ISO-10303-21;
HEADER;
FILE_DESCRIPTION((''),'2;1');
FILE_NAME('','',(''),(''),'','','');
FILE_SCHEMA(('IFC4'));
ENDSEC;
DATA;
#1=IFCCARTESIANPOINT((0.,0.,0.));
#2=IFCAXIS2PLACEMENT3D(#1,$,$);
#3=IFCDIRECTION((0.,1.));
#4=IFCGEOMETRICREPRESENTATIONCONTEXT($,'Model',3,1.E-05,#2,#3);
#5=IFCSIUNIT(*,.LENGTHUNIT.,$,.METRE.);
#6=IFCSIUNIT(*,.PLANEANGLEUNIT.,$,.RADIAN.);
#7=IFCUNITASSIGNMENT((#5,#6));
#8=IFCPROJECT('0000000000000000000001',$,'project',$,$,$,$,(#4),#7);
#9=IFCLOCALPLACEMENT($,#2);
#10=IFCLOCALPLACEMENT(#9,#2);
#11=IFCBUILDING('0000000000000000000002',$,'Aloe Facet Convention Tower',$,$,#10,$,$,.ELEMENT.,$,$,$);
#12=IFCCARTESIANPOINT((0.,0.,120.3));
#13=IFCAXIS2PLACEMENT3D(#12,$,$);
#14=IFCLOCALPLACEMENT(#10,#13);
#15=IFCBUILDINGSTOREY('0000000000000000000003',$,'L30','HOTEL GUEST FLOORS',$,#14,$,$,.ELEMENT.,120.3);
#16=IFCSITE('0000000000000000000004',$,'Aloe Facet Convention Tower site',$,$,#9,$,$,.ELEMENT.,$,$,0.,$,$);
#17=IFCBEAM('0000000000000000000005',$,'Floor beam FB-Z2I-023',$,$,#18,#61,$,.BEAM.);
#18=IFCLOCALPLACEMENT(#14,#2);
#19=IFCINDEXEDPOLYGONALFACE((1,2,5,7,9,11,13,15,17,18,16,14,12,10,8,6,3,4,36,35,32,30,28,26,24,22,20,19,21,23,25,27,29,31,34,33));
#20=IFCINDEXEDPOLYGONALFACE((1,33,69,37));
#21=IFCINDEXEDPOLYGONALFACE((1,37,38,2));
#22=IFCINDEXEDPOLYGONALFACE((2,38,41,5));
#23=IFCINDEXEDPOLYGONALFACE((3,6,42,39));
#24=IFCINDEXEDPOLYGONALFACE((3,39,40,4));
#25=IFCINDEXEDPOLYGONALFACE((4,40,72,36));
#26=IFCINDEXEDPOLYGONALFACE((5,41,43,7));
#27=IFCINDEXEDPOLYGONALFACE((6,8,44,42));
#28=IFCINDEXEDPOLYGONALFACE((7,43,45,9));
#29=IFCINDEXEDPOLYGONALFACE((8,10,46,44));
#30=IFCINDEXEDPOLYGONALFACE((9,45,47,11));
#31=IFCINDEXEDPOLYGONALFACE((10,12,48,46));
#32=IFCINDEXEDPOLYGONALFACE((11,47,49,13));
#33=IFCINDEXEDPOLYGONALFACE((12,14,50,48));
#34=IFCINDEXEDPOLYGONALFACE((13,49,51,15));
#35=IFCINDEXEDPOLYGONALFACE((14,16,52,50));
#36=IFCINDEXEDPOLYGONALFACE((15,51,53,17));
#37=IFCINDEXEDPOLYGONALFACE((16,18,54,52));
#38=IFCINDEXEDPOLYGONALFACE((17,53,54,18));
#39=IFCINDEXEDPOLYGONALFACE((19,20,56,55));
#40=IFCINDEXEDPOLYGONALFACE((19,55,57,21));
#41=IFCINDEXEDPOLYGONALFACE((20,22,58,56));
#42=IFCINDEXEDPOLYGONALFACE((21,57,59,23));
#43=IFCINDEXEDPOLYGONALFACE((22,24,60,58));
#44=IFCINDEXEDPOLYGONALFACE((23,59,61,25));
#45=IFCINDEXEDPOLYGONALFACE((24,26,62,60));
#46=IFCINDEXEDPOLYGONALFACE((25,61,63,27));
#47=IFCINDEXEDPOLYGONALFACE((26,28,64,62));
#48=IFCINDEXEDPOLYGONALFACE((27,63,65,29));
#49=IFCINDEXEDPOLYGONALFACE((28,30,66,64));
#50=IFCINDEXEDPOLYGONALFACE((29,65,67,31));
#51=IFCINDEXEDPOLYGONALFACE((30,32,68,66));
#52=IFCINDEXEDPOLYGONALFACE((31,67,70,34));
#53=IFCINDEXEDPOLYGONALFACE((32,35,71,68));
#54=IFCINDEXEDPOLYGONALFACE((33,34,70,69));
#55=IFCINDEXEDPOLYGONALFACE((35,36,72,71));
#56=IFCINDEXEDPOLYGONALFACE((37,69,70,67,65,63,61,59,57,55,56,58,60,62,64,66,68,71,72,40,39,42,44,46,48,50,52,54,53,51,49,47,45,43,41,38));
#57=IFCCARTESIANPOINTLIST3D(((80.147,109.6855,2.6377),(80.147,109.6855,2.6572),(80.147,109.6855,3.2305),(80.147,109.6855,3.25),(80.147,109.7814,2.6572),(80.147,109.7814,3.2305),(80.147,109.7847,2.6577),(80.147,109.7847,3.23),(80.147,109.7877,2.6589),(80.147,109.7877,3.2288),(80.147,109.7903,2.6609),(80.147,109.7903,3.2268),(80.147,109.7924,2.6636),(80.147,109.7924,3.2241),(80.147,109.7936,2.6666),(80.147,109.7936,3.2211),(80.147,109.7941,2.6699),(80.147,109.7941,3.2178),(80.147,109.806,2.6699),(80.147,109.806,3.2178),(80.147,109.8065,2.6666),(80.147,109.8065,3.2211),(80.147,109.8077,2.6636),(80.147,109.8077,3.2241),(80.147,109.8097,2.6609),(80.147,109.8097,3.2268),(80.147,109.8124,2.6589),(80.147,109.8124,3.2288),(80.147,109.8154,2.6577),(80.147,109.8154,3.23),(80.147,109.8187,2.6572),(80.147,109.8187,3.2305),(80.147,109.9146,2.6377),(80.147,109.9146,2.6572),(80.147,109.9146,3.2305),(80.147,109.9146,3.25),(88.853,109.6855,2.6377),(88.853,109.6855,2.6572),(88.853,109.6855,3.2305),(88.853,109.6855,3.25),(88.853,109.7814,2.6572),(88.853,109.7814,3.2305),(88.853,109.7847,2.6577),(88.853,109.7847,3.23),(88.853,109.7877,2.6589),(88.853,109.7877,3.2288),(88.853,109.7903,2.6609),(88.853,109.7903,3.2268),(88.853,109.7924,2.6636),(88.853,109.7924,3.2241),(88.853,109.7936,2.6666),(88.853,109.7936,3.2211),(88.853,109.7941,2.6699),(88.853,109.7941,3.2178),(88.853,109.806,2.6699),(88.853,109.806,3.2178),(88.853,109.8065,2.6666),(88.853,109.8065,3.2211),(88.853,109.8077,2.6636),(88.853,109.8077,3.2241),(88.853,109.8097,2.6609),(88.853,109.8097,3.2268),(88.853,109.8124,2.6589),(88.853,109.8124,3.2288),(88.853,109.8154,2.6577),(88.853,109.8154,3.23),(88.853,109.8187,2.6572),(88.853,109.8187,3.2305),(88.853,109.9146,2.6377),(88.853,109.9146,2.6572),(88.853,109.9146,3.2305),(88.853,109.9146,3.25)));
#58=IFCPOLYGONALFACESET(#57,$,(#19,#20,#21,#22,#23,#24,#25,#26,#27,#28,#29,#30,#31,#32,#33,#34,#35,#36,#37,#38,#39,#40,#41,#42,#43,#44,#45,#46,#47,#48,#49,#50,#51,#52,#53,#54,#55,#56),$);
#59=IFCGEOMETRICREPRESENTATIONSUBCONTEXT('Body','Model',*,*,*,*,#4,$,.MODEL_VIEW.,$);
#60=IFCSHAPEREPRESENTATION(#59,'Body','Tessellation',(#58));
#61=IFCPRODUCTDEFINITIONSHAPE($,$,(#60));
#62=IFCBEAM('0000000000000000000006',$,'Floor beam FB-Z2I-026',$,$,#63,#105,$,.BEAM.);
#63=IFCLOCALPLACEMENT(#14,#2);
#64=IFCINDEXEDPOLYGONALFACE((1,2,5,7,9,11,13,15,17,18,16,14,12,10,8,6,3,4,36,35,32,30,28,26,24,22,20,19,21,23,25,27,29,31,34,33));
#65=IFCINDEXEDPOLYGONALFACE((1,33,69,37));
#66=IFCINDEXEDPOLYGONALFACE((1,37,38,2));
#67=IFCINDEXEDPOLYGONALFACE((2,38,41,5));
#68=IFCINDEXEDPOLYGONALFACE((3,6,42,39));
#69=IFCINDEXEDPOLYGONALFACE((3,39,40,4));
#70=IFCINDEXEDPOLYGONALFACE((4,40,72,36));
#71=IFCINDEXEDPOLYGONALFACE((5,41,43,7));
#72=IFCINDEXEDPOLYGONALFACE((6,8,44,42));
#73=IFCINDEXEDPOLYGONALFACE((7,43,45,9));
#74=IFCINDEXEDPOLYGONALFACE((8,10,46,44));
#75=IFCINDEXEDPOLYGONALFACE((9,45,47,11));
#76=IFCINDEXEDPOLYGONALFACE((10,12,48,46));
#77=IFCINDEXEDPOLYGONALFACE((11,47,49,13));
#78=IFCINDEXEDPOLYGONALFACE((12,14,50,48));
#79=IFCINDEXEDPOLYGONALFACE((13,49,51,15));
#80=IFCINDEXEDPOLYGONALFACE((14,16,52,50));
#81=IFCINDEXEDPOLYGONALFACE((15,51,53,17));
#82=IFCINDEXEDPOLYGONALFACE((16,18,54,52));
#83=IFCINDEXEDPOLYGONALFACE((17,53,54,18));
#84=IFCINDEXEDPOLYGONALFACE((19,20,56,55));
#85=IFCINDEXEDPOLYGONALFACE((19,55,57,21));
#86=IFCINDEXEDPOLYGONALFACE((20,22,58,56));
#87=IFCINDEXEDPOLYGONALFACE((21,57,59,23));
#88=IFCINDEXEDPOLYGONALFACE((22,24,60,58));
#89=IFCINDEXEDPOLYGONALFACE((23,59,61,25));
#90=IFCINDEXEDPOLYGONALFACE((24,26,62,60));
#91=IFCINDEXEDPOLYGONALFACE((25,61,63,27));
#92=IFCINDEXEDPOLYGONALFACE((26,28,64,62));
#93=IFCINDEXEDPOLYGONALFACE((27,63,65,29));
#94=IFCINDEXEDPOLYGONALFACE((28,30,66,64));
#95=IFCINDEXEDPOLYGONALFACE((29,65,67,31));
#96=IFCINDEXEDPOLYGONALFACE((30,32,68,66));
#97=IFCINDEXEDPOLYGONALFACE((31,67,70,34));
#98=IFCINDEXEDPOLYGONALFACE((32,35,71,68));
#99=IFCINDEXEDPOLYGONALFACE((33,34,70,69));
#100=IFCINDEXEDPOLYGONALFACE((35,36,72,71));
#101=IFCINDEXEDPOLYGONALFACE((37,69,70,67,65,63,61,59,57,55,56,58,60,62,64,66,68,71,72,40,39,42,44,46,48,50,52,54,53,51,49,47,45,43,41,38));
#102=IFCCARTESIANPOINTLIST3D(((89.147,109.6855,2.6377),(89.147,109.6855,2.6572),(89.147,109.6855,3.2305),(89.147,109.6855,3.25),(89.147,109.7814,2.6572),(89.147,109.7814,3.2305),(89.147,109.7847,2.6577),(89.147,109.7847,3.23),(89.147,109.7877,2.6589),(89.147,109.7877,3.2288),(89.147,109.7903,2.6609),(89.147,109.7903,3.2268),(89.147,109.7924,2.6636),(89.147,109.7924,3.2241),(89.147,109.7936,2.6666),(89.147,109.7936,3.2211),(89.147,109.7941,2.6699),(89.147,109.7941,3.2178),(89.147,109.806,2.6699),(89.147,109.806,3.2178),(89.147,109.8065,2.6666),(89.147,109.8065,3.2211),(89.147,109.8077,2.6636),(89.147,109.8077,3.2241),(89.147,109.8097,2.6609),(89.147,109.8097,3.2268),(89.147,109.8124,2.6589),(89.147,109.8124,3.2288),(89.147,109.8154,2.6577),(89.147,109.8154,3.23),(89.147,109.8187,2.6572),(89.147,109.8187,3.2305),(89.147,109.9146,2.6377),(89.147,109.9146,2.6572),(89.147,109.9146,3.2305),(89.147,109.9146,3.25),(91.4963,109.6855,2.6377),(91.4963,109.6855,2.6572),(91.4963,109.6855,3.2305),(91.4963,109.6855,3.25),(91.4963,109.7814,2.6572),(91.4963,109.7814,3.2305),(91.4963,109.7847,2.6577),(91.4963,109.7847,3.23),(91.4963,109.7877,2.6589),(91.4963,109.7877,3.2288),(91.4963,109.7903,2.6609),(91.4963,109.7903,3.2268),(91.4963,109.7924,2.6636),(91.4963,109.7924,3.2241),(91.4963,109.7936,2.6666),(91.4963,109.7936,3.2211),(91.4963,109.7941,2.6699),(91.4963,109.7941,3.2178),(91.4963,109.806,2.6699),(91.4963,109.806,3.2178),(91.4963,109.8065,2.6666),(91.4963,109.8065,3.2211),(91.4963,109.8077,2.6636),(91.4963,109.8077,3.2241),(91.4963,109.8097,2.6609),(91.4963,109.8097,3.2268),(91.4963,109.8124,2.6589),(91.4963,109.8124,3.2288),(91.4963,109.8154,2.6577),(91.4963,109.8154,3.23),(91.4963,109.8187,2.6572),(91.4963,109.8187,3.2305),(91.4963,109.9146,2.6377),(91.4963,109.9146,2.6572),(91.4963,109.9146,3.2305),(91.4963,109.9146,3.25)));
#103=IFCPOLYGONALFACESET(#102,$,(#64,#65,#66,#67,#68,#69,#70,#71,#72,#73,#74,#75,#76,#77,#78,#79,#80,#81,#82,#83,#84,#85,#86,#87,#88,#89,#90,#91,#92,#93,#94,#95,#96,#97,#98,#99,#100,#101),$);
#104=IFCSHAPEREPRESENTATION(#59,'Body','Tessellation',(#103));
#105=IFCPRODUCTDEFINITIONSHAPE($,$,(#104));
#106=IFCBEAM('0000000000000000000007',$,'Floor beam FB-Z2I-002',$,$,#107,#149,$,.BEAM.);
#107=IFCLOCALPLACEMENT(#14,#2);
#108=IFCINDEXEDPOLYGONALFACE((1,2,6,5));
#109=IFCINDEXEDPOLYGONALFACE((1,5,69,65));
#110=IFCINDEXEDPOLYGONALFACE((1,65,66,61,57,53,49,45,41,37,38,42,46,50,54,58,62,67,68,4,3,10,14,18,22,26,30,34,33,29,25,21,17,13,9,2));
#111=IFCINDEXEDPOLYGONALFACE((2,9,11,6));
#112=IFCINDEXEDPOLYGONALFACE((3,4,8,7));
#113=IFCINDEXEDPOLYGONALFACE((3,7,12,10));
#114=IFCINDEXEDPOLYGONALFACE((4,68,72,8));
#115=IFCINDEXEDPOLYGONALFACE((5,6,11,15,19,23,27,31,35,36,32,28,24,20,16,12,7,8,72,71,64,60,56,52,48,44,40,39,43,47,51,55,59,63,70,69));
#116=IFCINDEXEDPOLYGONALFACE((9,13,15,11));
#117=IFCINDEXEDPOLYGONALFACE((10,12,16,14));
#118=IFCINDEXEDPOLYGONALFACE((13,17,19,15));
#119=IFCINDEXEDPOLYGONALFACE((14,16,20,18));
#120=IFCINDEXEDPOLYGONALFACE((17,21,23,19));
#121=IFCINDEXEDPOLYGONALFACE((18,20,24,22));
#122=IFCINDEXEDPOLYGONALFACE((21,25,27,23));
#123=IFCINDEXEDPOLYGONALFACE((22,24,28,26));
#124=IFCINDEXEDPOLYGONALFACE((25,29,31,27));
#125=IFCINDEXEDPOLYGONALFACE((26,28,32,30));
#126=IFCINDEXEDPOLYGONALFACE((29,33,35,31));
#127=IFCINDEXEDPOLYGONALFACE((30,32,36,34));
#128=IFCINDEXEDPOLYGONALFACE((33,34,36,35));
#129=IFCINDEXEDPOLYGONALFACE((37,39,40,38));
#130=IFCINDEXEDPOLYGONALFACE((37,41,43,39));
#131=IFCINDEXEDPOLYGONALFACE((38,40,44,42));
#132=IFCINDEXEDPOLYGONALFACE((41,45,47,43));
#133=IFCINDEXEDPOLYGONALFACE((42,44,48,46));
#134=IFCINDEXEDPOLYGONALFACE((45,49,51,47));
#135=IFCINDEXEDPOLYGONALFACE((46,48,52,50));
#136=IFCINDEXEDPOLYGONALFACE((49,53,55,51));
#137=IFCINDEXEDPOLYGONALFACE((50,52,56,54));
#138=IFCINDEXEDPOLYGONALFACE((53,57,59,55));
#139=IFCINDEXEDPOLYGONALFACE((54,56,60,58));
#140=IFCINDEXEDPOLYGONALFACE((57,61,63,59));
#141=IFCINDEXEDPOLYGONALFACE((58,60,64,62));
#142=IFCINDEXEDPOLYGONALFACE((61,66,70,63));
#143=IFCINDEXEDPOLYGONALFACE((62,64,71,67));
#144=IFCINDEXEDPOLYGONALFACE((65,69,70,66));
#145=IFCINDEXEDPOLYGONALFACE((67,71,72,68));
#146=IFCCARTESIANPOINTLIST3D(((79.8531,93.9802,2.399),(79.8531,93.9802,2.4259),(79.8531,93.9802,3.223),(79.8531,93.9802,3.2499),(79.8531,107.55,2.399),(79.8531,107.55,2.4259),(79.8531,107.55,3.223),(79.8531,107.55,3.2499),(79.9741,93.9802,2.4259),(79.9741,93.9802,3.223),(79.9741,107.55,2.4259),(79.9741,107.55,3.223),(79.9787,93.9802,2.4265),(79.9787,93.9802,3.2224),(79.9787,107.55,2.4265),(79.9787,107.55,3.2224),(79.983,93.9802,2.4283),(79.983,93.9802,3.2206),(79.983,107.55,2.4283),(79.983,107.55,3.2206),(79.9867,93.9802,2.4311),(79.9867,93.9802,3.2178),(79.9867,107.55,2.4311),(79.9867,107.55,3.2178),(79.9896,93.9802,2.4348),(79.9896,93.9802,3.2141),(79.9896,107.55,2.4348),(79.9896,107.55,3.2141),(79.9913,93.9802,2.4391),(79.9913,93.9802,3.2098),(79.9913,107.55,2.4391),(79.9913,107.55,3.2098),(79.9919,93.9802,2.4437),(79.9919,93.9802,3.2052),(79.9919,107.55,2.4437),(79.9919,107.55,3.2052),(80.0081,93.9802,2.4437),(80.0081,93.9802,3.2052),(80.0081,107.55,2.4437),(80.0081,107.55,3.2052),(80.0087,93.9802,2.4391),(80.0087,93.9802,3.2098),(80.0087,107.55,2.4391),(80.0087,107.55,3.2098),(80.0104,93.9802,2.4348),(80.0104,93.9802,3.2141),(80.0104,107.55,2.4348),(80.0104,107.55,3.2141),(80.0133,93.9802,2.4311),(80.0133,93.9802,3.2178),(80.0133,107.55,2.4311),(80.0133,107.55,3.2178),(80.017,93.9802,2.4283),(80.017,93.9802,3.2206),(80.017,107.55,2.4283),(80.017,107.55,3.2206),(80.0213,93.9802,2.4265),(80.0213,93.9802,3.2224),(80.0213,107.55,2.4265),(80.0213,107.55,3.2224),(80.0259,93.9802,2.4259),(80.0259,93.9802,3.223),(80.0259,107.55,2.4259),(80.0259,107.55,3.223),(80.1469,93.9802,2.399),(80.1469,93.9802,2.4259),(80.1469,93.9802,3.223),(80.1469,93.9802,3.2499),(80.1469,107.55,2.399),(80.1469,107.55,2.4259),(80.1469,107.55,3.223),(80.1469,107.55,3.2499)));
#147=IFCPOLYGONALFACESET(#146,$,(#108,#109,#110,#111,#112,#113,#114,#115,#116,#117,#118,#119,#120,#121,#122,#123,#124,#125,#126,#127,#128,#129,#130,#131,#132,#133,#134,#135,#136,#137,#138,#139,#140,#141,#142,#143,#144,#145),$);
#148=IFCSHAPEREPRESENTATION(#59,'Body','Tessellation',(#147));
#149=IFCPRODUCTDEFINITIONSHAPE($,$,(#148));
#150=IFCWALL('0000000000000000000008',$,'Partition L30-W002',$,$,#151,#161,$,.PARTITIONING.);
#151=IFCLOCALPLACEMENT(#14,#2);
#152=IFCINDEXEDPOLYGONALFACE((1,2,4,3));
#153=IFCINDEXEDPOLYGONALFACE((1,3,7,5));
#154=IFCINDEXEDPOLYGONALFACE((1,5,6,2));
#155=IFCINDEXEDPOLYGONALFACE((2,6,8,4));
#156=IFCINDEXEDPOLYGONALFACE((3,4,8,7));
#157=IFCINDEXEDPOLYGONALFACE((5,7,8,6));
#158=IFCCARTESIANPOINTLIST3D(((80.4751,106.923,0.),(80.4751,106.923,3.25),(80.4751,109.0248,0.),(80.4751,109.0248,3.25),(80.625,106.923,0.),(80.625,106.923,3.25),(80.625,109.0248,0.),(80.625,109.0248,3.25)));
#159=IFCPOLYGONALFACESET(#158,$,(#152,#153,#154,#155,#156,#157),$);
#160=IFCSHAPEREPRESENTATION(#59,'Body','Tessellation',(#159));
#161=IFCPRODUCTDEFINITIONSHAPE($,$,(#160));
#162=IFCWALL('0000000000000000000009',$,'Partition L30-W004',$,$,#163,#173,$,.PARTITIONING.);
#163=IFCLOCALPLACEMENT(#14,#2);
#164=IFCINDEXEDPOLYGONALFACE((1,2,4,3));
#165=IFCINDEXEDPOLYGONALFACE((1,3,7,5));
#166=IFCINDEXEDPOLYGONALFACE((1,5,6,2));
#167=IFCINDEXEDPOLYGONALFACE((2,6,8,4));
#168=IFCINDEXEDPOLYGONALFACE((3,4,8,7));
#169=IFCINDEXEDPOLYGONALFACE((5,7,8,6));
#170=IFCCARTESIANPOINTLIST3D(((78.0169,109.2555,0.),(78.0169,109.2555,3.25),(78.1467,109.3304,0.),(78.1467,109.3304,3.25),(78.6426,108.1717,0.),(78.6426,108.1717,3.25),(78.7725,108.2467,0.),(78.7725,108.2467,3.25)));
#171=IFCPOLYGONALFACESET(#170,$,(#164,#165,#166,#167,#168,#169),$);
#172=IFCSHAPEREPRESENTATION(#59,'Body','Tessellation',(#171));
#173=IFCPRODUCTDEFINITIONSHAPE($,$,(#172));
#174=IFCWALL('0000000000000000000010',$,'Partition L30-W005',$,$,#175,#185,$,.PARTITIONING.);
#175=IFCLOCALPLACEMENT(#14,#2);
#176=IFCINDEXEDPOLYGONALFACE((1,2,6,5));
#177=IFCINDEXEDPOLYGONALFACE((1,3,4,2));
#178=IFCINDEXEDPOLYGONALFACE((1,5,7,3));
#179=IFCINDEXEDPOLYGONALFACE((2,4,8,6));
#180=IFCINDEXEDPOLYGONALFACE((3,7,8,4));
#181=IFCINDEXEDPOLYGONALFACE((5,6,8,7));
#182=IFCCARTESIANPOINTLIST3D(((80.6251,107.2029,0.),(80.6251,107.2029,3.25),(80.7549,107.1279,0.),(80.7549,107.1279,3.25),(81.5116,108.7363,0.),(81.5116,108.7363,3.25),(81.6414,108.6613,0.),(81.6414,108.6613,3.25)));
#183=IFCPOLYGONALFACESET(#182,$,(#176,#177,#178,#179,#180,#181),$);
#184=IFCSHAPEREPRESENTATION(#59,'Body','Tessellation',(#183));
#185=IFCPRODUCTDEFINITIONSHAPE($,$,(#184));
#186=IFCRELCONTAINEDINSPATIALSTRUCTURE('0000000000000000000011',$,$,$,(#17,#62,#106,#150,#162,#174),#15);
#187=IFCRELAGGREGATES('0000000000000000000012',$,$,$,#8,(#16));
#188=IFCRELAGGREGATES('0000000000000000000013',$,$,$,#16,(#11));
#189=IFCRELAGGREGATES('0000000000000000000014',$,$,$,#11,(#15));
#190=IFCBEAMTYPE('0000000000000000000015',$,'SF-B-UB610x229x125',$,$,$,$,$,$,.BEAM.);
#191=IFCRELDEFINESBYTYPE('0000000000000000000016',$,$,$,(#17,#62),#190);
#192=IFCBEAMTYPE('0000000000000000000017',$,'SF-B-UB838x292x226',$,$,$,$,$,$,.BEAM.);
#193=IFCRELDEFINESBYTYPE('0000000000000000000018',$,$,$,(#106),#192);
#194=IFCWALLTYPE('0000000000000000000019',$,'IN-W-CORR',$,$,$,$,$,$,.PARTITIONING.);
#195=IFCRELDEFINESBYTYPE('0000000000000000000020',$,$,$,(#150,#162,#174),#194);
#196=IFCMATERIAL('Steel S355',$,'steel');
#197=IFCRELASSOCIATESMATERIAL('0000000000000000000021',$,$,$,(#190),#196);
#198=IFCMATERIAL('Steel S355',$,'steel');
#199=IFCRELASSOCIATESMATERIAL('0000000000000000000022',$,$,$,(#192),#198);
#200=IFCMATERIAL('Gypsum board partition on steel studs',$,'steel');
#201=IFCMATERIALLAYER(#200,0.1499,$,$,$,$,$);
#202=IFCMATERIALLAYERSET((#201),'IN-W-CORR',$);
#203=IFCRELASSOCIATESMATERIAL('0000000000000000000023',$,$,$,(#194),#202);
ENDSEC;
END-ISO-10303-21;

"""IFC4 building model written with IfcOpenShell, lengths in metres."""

from ifc_helpers import new_model, si_unit, direction, frame, frame_2d, origin, origin_2d, place, context, subcontext, project, spatial, rectangle, i_section, extrude, material, layer, layer_set, material_profile, profile_set, type_object, element, save


model = new_model("IFC4")

# Units and contexts
model_context = context("Model", 3, precision=1e-05, world=origin(), true_north=direction((0.0, 1.0)))
body_context = subcontext(model_context, "Body", "Model", "MODEL_VIEW")
ifc_project = project(units=[si_unit("LENGTHUNIT", "METRE"), si_unit("PLANEANGLEUNIT", "RADIAN")], contexts=[model_context])

# Site, building, storey
site_placement = place(None, origin())
site = spatial("IfcSite", under=ifc_project, at=site_placement, Name="Aloe Facet Convention Tower site", CompositionType="ELEMENT", RefElevation=0.0)
building_placement = place(site_placement, origin())
building = spatial("IfcBuilding", under=site, at=building_placement, Name="Aloe Facet Convention Tower", CompositionType="ELEMENT")
storey_placement = place(building_placement, frame((0.0, 0.0, 120.3)))
storey = spatial("IfcBuildingStorey", under=building, at=storey_placement, Name="L30", Description="HOTEL GUEST FLOORS", CompositionType="ELEMENT", Elevation=120.3)

# Beams
ifc_material_1 = material(Name="Steel S355", Category="steel")
ifc_material_profile_1 = material_profile(ifc_material_1, i_section(OverallWidth=0.229, OverallDepth=0.6123, WebThickness=0.012, FlangeThickness=0.0195, FilletRadius=0.0127, at=origin_2d()), Name="UB 610x229x125")
ifc_profile_set_1 = profile_set([ifc_material_profile_1], Name="Steel S355")
beam_type_1 = type_object("IfcBeamType", Name="SF-B-UB610x229x125", PredefinedType="BEAM", material=ifc_profile_set_1)
for number, where, z_axis, x_axis, name in (
    (1, (80.147, 109.8, 2.9438), (1.0, 0.0, 0.0), (0.0, 1.0, 0.0), "Floor beam FB-Z2I-023"),
):
    element("IfcBeam", number, at=place(storey_placement, frame(where, z_axis=z_axis, x_axis=x_axis)), inside=storey, type_object=beam_type_1, Name=name, PredefinedType="BEAM", context=body_context, shape_type="SweptSolid", body=[
        extrude(i_section(OverallWidth=0.229, OverallDepth=0.6123, WebThickness=0.012, FlangeThickness=0.0195, FilletRadius=0.0127, at=origin_2d()), origin(), (0.0, 0.0, 1.0), 8.7061),
    ])
beam_1_placement = place(storey_placement, frame((89.147, 109.8, 2.9438), z_axis=(1.0, 0.0, 0.0), x_axis=(0.0, 1.0, 0.0)))
element("IfcBeam", 2, at=beam_1_placement, inside=storey, type_object=beam_type_1, Name="Floor beam FB-Z2I-026", PredefinedType="BEAM", context=body_context, shape_type="SweptSolid", body=[
    extrude(i_section(OverallWidth=0.229, OverallDepth=0.6123, WebThickness=0.012, FlangeThickness=0.0195, FilletRadius=0.0127, at=origin_2d()), origin(), (0.0, 0.0, 1.0), 2.3494),
])
ifc_material_2 = material(Name="Steel S355", Category="steel")
ifc_material_profile_2 = material_profile(ifc_material_2, i_section(OverallWidth=0.2937, OverallDepth=0.8508, WebThickness=0.0161, FlangeThickness=0.0269, FilletRadius=0.0178, at=origin_2d()), Name="UB 838x292x226")
ifc_profile_set_2 = profile_set([ifc_material_profile_2], Name="Steel S355")
beam_type_2 = type_object("IfcBeamType", Name="SF-B-UB838x292x226", PredefinedType="BEAM", material=ifc_profile_set_2)
beam_2_placement = place(storey_placement, frame((80.0, 107.55, 2.8245), z_axis=(0.0, -1.0, 0.0), x_axis=(1.0, 0.0, 0.0)))
element("IfcBeam", 3, at=beam_2_placement, inside=storey, type_object=beam_type_2, Name="Floor beam FB-Z2I-002", PredefinedType="BEAM", context=body_context, shape_type="SweptSolid", body=[
    extrude(i_section(OverallWidth=0.2937, OverallDepth=0.8508, WebThickness=0.0161, FlangeThickness=0.0269, FilletRadius=0.0178, at=origin_2d()), origin(), (0.0, 0.0, 1.0), 13.5698),
])

# Walls
ifc_material_3 = material(Name="Gypsum board partition on steel studs", Category="steel")
ifc_layer_1 = layer(ifc_material_3, 0.1499)
ifc_layer_set_1 = layer_set([ifc_layer_1], Name="IN-W-CORR")
wall_type_1 = type_object("IfcWallType", Name="IN-W-CORR", PredefinedType="PARTITIONING", material=ifc_layer_set_1)
wall_1_placement = place(storey_placement, frame((80.55, 106.9231, 0.0), z_axis=(0.0, 0.0, 1.0), x_axis=(0.0, 1.0, 0.0)))
element("IfcWall", 4, at=wall_1_placement, inside=storey, type_object=wall_type_1, Name="Partition L30-W002", PredefinedType="PARTITIONING", context=body_context, shape_type="SweptSolid", body=[
    extrude(rectangle(XDim=2.1018, YDim=0.1499, at=frame_2d((1.0508, 0.0))), origin(), (0.0, 0.0, 1.0), 3.25),
])
wall_2_placement = place(storey_placement, frame((78.0818, 109.293, 0.0), z_axis=(0.0, 0.0, 1.0), x_axis=(0.500021, -0.866013, 0.0)))
element("IfcWall", 5, at=wall_2_placement, inside=storey, type_object=wall_type_1, Name="Partition L30-W004", PredefinedType="PARTITIONING", context=body_context, shape_type="SweptSolid", body=[
    extrude(rectangle(XDim=1.2515, YDim=0.1499, at=frame_2d((0.6257, 0.0))), origin(), (0.0, 0.0, 1.0), 3.25),
])
wall_3_placement = place(storey_placement, frame((80.6899, 107.1653, 0.0), z_axis=(0.0, 0.0, 1.0), x_axis=(0.500482, 0.865747, 0.0)))
element("IfcWall", 6, at=wall_3_placement, inside=storey, type_object=wall_type_1, Name="Partition L30-W005", PredefinedType="PARTITIONING", context=body_context, shape_type="SweptSolid", body=[
    extrude(rectangle(XDim=1.7712, YDim=0.1499, at=frame_2d((0.8857, 0.0))), origin(), (0.0, 0.0, 1.0), 3.25),
])

save(model, "model.ifc")
